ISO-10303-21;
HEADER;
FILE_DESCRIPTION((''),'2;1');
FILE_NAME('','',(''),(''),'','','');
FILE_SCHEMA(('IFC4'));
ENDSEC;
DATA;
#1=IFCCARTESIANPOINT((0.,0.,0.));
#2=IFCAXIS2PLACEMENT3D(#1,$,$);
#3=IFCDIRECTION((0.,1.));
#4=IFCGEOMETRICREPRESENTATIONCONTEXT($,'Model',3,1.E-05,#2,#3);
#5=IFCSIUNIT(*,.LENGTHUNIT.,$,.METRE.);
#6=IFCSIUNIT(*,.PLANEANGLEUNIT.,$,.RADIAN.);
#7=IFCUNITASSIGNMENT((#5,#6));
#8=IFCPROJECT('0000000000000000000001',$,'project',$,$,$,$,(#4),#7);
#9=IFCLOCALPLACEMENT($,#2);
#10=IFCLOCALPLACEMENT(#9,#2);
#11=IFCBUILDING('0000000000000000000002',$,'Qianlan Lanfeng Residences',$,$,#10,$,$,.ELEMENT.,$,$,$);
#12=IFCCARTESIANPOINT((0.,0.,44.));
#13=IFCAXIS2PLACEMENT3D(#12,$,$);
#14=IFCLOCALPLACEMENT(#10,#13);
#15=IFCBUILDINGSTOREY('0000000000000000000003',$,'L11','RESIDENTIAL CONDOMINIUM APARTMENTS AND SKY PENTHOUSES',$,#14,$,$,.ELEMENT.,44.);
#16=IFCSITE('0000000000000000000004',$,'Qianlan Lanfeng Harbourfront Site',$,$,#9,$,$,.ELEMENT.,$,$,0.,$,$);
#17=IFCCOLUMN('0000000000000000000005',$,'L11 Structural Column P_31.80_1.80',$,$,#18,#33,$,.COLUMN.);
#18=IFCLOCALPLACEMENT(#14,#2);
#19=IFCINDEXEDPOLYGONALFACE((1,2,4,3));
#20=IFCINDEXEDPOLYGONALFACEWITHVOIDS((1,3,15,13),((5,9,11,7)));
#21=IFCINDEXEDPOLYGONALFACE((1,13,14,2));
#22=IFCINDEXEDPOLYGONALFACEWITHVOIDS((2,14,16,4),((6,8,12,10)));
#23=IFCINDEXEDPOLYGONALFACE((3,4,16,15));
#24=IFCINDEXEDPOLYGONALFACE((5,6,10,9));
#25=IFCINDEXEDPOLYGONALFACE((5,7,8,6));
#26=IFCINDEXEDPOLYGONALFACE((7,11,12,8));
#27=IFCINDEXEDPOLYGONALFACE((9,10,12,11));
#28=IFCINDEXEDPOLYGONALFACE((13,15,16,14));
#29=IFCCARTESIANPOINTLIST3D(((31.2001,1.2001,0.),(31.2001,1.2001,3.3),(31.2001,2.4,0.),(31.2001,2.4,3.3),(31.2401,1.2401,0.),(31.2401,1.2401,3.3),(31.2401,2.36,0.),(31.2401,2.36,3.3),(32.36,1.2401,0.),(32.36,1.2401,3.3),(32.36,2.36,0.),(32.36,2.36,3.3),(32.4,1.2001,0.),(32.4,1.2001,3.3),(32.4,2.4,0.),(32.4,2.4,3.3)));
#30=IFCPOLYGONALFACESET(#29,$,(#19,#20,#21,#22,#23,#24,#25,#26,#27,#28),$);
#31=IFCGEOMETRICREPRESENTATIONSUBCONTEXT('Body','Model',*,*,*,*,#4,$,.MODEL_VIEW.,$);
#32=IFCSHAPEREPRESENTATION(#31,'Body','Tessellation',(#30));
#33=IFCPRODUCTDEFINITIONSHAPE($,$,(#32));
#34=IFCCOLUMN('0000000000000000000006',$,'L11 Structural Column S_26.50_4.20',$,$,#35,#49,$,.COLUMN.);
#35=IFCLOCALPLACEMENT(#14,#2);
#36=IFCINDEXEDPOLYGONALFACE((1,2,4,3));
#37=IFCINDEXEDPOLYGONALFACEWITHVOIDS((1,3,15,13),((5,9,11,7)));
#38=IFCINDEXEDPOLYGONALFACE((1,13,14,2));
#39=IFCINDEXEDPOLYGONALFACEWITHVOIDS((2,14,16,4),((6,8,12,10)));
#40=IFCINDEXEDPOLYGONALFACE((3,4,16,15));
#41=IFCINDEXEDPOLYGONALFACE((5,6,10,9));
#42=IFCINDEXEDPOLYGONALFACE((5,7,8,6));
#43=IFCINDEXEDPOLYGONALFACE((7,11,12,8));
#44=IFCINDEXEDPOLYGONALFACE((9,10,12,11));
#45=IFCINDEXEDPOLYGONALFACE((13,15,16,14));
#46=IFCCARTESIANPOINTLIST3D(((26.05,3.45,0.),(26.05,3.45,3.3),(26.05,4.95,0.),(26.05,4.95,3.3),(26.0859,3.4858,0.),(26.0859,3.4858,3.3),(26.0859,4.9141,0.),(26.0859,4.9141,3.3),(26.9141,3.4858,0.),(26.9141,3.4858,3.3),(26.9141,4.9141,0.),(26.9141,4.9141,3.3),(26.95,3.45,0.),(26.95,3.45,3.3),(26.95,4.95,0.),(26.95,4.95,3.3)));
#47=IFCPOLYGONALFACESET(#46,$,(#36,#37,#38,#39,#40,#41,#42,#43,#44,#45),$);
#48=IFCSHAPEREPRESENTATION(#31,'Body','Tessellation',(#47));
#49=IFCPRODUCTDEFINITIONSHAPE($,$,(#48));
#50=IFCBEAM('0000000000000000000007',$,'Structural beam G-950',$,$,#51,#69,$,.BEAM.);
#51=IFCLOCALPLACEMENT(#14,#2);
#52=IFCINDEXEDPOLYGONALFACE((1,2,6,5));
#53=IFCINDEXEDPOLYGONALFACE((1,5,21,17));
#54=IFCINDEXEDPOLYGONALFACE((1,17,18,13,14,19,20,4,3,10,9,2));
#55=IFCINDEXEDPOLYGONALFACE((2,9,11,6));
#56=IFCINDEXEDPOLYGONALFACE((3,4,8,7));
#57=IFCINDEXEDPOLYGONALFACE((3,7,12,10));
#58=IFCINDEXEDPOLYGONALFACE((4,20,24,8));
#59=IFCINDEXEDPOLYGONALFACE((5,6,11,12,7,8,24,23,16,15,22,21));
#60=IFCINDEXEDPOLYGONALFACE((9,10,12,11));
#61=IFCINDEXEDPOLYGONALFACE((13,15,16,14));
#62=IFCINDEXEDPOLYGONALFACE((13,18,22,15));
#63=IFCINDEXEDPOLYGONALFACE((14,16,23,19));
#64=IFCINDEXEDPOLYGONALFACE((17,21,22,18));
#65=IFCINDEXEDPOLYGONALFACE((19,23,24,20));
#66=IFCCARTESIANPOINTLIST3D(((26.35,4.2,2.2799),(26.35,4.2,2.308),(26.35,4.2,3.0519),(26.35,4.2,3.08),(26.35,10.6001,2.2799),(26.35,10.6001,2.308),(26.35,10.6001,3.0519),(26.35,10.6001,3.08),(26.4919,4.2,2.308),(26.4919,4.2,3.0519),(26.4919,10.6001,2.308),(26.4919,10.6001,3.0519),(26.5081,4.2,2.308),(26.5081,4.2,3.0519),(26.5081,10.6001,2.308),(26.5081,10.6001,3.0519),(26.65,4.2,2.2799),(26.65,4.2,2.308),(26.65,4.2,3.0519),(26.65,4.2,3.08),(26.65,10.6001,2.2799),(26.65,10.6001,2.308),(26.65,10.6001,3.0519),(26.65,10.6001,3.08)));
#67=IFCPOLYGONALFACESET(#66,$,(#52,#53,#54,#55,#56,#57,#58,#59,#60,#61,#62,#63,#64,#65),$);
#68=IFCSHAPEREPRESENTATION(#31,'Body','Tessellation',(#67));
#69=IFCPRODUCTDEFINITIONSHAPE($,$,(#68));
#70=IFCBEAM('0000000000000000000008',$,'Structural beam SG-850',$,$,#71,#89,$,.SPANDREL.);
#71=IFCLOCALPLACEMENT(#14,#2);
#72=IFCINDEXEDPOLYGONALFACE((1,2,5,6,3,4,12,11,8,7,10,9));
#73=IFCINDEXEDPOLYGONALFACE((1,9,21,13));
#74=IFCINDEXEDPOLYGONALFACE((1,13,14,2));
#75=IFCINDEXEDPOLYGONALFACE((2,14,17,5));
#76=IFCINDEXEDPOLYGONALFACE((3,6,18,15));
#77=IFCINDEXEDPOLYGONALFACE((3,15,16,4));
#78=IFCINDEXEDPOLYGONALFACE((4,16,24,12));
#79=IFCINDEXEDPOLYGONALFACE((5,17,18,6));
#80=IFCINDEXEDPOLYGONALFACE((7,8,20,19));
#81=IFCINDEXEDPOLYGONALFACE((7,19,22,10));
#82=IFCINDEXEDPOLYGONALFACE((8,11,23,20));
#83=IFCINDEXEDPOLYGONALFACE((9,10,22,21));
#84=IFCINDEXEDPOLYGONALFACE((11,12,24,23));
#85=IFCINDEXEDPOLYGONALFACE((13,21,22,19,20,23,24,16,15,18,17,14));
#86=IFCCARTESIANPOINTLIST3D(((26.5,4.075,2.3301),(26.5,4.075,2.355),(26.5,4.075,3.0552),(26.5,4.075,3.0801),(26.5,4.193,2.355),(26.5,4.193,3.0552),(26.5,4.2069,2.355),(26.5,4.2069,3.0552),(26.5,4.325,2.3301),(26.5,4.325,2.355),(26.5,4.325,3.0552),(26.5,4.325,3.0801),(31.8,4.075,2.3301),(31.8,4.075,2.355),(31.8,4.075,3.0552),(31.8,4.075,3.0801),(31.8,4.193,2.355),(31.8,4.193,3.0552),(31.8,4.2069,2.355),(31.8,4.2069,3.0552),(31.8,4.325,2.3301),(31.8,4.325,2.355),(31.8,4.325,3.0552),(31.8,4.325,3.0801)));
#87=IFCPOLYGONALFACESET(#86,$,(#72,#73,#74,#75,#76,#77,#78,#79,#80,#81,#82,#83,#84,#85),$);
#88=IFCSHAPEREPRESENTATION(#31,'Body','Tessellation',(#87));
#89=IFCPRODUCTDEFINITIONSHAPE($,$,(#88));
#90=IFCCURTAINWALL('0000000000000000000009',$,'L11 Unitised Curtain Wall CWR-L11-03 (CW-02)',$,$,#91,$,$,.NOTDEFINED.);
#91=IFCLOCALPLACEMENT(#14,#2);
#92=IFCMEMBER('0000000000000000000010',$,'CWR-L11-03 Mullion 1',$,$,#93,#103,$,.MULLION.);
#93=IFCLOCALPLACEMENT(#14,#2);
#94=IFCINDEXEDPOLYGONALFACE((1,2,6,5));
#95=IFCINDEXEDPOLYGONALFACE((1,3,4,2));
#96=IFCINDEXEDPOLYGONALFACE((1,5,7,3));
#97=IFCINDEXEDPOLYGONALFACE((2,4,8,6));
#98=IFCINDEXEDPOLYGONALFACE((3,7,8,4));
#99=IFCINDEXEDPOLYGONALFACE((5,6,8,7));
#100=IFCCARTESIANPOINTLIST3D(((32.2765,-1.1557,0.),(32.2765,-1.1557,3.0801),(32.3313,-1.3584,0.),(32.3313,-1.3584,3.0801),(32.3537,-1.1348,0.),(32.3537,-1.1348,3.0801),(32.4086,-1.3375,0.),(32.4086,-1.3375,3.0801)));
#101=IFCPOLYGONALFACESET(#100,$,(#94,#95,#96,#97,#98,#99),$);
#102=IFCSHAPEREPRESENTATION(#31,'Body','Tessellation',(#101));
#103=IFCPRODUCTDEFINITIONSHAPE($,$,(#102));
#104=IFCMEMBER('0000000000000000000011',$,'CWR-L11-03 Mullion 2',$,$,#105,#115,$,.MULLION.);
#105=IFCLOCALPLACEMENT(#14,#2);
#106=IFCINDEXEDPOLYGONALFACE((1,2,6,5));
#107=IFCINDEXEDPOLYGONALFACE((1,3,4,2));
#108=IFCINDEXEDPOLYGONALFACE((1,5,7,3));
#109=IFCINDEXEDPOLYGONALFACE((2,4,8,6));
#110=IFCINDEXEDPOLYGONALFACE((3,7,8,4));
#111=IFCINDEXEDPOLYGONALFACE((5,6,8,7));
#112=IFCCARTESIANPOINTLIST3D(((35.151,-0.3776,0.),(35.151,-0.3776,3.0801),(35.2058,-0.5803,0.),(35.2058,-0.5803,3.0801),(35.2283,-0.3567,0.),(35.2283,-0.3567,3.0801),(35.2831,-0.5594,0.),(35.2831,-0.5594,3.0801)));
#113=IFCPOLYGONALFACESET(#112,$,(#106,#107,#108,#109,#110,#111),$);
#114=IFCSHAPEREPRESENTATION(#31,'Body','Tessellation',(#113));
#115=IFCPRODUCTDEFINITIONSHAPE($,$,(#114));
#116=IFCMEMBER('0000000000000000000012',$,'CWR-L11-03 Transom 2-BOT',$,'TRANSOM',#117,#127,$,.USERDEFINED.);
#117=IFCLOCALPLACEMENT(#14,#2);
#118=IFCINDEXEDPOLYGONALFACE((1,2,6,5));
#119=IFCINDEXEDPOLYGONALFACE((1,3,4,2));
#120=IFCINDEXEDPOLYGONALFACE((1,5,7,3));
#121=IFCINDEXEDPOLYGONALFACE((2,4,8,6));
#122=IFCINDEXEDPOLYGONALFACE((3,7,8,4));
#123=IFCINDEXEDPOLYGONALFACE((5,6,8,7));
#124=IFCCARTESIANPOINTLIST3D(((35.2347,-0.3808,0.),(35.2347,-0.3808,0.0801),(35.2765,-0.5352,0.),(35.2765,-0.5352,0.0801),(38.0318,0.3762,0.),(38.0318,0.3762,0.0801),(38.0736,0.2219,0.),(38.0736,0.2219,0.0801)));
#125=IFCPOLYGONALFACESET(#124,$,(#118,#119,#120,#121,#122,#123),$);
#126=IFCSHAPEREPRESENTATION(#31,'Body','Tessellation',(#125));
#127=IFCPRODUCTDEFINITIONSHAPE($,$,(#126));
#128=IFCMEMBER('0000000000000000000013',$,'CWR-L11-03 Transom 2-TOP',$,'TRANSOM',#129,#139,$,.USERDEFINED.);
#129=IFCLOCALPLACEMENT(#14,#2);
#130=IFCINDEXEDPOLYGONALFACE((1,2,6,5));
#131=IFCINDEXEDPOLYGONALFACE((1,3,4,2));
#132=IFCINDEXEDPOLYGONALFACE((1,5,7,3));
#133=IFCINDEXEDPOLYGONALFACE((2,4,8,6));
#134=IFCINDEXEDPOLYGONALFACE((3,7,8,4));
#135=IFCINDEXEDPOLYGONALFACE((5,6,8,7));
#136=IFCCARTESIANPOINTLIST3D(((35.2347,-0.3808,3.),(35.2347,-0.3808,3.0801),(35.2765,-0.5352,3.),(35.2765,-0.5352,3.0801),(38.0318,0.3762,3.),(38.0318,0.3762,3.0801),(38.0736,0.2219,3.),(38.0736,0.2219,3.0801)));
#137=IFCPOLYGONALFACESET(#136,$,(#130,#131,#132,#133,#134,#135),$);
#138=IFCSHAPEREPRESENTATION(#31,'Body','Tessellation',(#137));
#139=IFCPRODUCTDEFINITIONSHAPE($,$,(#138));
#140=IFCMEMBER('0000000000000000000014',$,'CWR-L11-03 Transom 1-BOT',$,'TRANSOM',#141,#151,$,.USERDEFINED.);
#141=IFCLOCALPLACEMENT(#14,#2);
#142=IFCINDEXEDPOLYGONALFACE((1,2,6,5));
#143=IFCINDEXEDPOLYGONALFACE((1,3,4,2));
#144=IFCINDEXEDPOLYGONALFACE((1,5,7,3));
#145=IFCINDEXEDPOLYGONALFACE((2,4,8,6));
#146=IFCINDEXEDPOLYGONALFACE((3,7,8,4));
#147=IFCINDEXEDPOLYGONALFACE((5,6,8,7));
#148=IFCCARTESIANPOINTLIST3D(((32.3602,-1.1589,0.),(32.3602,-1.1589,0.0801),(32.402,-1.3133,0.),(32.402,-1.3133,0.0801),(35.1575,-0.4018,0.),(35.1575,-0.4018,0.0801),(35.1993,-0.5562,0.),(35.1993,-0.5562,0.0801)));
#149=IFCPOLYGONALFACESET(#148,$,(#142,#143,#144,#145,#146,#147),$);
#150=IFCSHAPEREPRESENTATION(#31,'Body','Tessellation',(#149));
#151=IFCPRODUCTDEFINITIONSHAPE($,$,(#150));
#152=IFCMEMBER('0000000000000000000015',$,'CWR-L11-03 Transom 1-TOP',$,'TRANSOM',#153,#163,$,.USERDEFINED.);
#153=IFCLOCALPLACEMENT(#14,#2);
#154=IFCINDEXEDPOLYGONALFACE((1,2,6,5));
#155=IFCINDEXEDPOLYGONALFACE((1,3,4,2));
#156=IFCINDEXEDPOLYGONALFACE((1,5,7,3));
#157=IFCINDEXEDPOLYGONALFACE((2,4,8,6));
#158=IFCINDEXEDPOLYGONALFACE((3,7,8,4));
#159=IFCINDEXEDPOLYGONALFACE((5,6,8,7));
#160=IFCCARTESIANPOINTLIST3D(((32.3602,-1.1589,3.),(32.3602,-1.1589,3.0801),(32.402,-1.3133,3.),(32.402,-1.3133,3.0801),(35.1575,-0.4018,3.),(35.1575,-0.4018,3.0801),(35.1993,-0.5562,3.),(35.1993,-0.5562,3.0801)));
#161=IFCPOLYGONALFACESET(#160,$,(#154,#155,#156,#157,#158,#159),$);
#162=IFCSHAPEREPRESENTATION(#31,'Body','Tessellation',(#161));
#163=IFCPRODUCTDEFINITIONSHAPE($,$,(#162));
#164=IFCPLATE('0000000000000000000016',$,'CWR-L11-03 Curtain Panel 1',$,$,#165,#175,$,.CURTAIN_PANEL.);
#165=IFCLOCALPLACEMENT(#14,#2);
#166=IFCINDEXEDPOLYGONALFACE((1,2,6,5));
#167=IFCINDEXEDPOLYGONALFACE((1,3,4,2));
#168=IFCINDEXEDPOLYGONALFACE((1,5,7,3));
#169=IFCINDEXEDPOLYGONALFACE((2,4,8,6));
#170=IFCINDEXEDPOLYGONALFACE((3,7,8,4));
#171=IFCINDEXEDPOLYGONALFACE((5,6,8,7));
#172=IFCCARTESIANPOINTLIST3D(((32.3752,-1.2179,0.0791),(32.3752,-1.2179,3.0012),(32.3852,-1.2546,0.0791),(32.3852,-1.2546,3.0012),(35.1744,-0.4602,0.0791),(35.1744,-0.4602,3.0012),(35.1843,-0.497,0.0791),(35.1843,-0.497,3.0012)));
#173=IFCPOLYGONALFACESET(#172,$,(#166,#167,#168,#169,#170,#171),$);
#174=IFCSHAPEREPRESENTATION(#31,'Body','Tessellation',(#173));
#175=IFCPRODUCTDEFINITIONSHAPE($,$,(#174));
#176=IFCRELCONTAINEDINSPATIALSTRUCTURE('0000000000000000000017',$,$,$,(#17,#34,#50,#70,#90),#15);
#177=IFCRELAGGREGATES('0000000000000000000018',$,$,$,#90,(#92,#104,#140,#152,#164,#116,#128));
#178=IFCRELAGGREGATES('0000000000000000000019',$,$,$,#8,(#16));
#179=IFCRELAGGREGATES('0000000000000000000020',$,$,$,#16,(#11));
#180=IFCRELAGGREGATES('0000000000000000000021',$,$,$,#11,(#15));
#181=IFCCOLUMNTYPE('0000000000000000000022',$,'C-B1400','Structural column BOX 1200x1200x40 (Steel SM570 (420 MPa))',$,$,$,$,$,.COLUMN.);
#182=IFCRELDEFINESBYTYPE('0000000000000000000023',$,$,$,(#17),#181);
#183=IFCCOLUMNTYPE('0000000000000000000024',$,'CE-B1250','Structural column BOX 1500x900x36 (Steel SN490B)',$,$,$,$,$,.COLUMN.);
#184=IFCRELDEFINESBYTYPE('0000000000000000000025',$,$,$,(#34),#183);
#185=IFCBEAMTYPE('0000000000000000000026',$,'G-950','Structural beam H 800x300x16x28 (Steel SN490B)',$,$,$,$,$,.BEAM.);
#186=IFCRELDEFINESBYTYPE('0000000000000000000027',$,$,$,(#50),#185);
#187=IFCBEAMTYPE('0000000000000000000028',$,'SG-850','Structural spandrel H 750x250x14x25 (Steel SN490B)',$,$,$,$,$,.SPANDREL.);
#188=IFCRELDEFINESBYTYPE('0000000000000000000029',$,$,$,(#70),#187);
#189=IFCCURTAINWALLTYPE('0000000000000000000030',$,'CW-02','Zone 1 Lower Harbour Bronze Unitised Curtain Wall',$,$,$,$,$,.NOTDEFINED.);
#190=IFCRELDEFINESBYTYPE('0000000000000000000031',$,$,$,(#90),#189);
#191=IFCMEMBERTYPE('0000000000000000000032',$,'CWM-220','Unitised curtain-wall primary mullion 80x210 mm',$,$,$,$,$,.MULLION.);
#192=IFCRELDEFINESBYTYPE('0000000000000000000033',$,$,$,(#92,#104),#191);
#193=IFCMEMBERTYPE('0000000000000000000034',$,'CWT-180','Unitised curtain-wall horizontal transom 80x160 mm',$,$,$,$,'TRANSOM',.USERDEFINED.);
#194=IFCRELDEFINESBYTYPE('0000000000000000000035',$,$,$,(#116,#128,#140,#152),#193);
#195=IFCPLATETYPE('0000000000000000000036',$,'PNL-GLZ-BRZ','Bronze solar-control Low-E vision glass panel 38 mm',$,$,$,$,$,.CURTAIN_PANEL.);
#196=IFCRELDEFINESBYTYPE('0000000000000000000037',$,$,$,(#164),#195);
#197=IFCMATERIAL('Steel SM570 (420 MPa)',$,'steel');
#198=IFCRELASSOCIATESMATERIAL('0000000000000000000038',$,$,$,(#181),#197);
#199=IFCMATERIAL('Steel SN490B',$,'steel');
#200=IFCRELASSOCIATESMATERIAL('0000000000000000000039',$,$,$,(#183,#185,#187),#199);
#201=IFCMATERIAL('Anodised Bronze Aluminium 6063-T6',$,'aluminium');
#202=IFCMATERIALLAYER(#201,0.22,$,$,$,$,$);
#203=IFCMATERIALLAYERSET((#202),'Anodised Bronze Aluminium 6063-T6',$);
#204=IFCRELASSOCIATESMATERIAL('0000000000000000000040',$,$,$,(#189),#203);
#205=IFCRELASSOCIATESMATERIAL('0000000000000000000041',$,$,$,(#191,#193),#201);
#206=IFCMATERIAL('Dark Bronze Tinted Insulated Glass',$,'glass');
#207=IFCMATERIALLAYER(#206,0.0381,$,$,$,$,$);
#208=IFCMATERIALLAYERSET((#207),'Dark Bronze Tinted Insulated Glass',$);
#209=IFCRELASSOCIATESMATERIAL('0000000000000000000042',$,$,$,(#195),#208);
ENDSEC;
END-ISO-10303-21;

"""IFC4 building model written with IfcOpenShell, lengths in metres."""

from ifc_helpers import new_model, si_unit, direction, frame, origin, origin_2d, place, context, subcontext, project, spatial, rectangle, hollow_rectangle, i_section, extrude, source, transform, mapped, material, layer, layer_set, material_profile, profile_set, type_object, element, aggregate, save


model = new_model("IFC4")

# Units and contexts
model_context = context("Model", 3, precision=1e-05, world=origin(), true_north=direction((0.0, 1.0)))
body_context = subcontext(model_context, "Body", "Model", "MODEL_VIEW")
ifc_project = project(units=[si_unit("LENGTHUNIT", "METRE"), si_unit("PLANEANGLEUNIT", "RADIAN")], contexts=[model_context])

# Site, building, storey
site_placement = place(None, origin())
site = spatial("IfcSite", under=ifc_project, at=site_placement, Name="Qianlan Lanfeng Harbourfront Site", CompositionType="ELEMENT", RefElevation=0.0)
building_placement = place(site_placement, origin())
building = spatial("IfcBuilding", under=site, at=building_placement, Name="Qianlan Lanfeng Residences", CompositionType="ELEMENT")
storey_placement = place(building_placement, frame((0.0, 0.0, 44.0)))
storey = spatial("IfcBuildingStorey", under=building, at=storey_placement, Name="L11", Description="RESIDENTIAL CONDOMINIUM APARTMENTS AND SKY PENTHOUSES", CompositionType="ELEMENT", Elevation=44.0)

# Columns
ifc_material_1 = material(Name="Steel SM570 (420 MPa)", Category="steel")
ifc_material_profile_1 = material_profile(ifc_material_1, hollow_rectangle(XDim=1.2, YDim=1.2, WallThickness=0.04, at=origin_2d()), Name="BOX 1200x1200x40")
ifc_profile_set_1 = profile_set([ifc_material_profile_1], Name="Steel SM570 (420 MPa)")
column_type_1 = type_object("IfcColumnType", Name="C-B1400", Description="Structural column BOX 1200x1200x40 (Steel SM570 (420 MPa))", PredefinedType="COLUMN", material=ifc_profile_set_1)
column_1_placement = place(storey_placement, frame((31.8, 1.8, 0.0), z_axis=(0.0, 0.0, 1.0), x_axis=(1.0, 0.0, 0.0)))
element("IfcColumn", 1, at=column_1_placement, inside=storey, type_object=column_type_1, Name="L11 Structural Column P_31.80_1.80", PredefinedType="COLUMN", context=body_context, shape_type="SweptSolid", body=[
    extrude(hollow_rectangle(XDim=1.2, YDim=1.2, WallThickness=0.04, at=origin_2d()), origin(), (0.0, 0.0, 1.0), 3.3),
])
ifc_material_2 = material(Name="Steel SN490B", Category="steel")
ifc_material_profile_2 = material_profile(ifc_material_2, hollow_rectangle(XDim=0.8999, YDim=1.5, WallThickness=0.0359, at=origin_2d()), Name="BOX 1500x900x36")
ifc_profile_set_2 = profile_set([ifc_material_profile_2], Name="Steel SN490B")
column_type_2 = type_object("IfcColumnType", Name="CE-B1250", Description="Structural column BOX 1500x900x36 (Steel SN490B)", PredefinedType="COLUMN", material=ifc_profile_set_2)
column_2_placement = place(storey_placement, frame((26.5, 4.2, 0.0), z_axis=(0.0, 0.0, 1.0), x_axis=(1.0, 0.0, 0.0)))
element("IfcColumn", 2, at=column_2_placement, inside=storey, type_object=column_type_2, Name="L11 Structural Column S_26.50_4.20", PredefinedType="COLUMN", context=body_context, shape_type="SweptSolid", body=[
    extrude(hollow_rectangle(XDim=0.8999, YDim=1.5, WallThickness=0.0359, at=origin_2d()), origin(), (0.0, 0.0, 1.0), 3.3),
])

# Beams
ifc_material_profile_3 = material_profile(ifc_material_2, i_section(OverallWidth=0.3, OverallDepth=0.8, WebThickness=0.0161, FlangeThickness=0.0281, at=origin_2d()), Name="H 800x300x16x28")
ifc_profile_set_3 = profile_set([ifc_material_profile_3], Name="Steel SN490B")
beam_type_1 = type_object("IfcBeamType", Name="G-950", Description="Structural beam H 800x300x16x28 (Steel SN490B)", PredefinedType="BEAM", material=ifc_profile_set_3)
beam_1_placement = place(storey_placement, frame((26.5, 4.2, 2.6799), z_axis=(0.0, 1.0, 0.0), x_axis=(-1.0, 0.0, 0.0)))
element("IfcBeam", 3, at=beam_1_placement, inside=storey, type_object=beam_type_1, Name="Structural beam G-950", PredefinedType="BEAM", context=body_context, shape_type="SweptSolid", body=[
    extrude(i_section(OverallWidth=0.3, OverallDepth=0.8, WebThickness=0.0161, FlangeThickness=0.0281, at=origin_2d()), origin(), (0.0, 0.0, 1.0), 6.4001),
])
ifc_material_profile_4 = material_profile(ifc_material_2, i_section(OverallWidth=0.25, OverallDepth=0.75, WebThickness=0.0139, FlangeThickness=0.0249, at=origin_2d()), Name="H 750x250x14x25")
ifc_profile_set_4 = profile_set([ifc_material_profile_4], Name="Steel SN490B")
beam_type_2 = type_object("IfcBeamType", Name="SG-850", Description="Structural spandrel H 750x250x14x25 (Steel SN490B)", PredefinedType="SPANDREL", material=ifc_profile_set_4)
beam_2_placement = place(storey_placement, frame((26.5, 4.2, 2.7051), z_axis=(1.0, 0.0, 0.0), x_axis=(0.0, 1.0, 0.0)))
element("IfcBeam", 4, at=beam_2_placement, inside=storey, type_object=beam_type_2, Name="Structural beam SG-850", PredefinedType="SPANDREL", context=body_context, shape_type="SweptSolid", body=[
    extrude(i_section(OverallWidth=0.25, OverallDepth=0.75, WebThickness=0.0139, FlangeThickness=0.0249, at=origin_2d()), origin(), (0.0, 0.0, 1.0), 5.3),
])

# Curtain wall, members, plate
ifc_material_3 = material(Name="Anodised Bronze Aluminium 6063-T6", Category="aluminium")
ifc_layer_1 = layer(ifc_material_3, 0.22)
ifc_layer_set_1 = layer_set([ifc_layer_1], Name="Anodised Bronze Aluminium 6063-T6")
curtain_wall_type = type_object("IfcCurtainWallType", Name="CW-02", Description="Zone 1 Lower Harbour Bronze Unitised Curtain Wall", PredefinedType="NOTDEFINED", material=ifc_layer_set_1)
curtain_wall_placement = place(storey_placement, origin())
curtain_wall = element("IfcCurtainWall", 5, at=curtain_wall_placement, inside=storey, type_object=curtain_wall_type, Name="L11 Unitised Curtain Wall CWR-L11-03 (CW-02)", PredefinedType="NOTDEFINED")
ifc_material_profile_5 = material_profile(ifc_material_3, rectangle(XDim=0.0801, YDim=0.21, at=origin_2d()), Name="ALU MULLION 80x210")
ifc_profile_set_5 = profile_set([ifc_material_profile_5], Name="Anodised Bronze Aluminium 6063-T6")
member_type_1 = type_object("IfcMemberType", Name="CWM-220", Description="Unitised curtain-wall primary mullion 80x210 mm", PredefinedType="MULLION", material=ifc_profile_set_5)
shared_shape_1 = source(origin(), body_context, "Body", "SweptSolid", [
    extrude(rectangle(XDim=0.0801, YDim=0.21, at=origin_2d()), origin(), (0.0, 0.0, 1.0), 3.0801),
])
member_1_placement = place(storey_placement, frame((32.3425, -1.2466, 0.0), z_axis=(0.0, 0.0, 1.0), x_axis=(0.965263, 0.261281, 0.0)))
member_1 = element("IfcMember", 6, at=member_1_placement, type_object=member_type_1, Name="CWR-L11-03 Mullion 1", PredefinedType="MULLION", context=body_context, shape_type="MappedRepresentation", body=[
    mapped(shared_shape_1, transform((0.0, 0.0, 0.0), scale=1.0)),
])
member_2_placement = place(storey_placement, frame((35.217, -0.4685, 0.0), z_axis=(0.0, 0.0, 1.0), x_axis=(0.965263, 0.261281, 0.0)))
member_2 = element("IfcMember", 7, at=member_2_placement, type_object=member_type_1, Name="CWR-L11-03 Mullion 2", PredefinedType="MULLION", context=body_context, shape_type="MappedRepresentation", body=[
    mapped(shared_shape_1, transform((0.0, 0.0, 0.0), scale=1.0)),
])
ifc_material_profile_6 = material_profile(ifc_material_3, rectangle(XDim=0.0801, YDim=0.1599, at=origin_2d()), Name="ALU TRANSOM 80x160")
ifc_profile_set_6 = profile_set([ifc_material_profile_6], Name="Anodised Bronze Aluminium 6063-T6")
member_type_2 = type_object("IfcMemberType", Name="CWT-180", Description="Unitised curtain-wall horizontal transom 80x160 mm", ElementType="TRANSOM", PredefinedType="USERDEFINED", material=ifc_profile_set_6)
shared_shape_2 = source(origin(), body_context, "Body", "SweptSolid", [
    extrude(rectangle(XDim=0.0801, YDim=0.1599, at=origin_2d()), origin(), (0.0, 0.0, 1.0), 2.8977),
])
member_3_placement = place(storey_placement, frame((35.2556, -0.458, 0.04), z_axis=(0.965268, 0.261263, 0.0), x_axis=(0.0, 0.0, 1.0)))
member_3 = element("IfcMember", 8, at=member_3_placement, type_object=member_type_2, Name="CWR-L11-03 Transom 2-BOT", ObjectType="TRANSOM", PredefinedType="USERDEFINED", context=body_context, shape_type="MappedRepresentation", body=[
    mapped(shared_shape_2, transform((0.0, 0.0, 0.0), scale=1.0)),
])
member_4_placement = place(storey_placement, frame((35.2556, -0.458, 3.04), z_axis=(0.965268, 0.261263, 0.0), x_axis=(0.0, 0.0, 1.0)))
member_4 = element("IfcMember", 9, at=member_4_placement, type_object=member_type_2, Name="CWR-L11-03 Transom 2-TOP", ObjectType="TRANSOM", PredefinedType="USERDEFINED", context=body_context, shape_type="MappedRepresentation", body=[
    mapped(shared_shape_2, transform((0.0, 0.0, 0.0), scale=1.0)),
])
shared_shape_3 = source(origin(), body_context, "Body", "SweptSolid", [
    extrude(rectangle(XDim=0.0801, YDim=0.1599, at=origin_2d()), origin(), (0.0, 0.0, 1.0), 2.8979),
])
member_5_placement = place(storey_placement, frame((32.3811, -1.2361, 0.04), z_axis=(0.965273, 0.261242, 0.0), x_axis=(0.0, 0.0, 1.0)))
member_5 = element("IfcMember", 10, at=member_5_placement, type_object=member_type_2, Name="CWR-L11-03 Transom 1-BOT", ObjectType="TRANSOM", PredefinedType="USERDEFINED", context=body_context, shape_type="MappedRepresentation", body=[
    mapped(shared_shape_3, transform((0.0, 0.0, 0.0), scale=1.0)),
])
member_6_placement = place(storey_placement, frame((32.3811, -1.2361, 3.04), z_axis=(0.965273, 0.261242, 0.0), x_axis=(0.0, 0.0, 1.0)))
member_6 = element("IfcMember", 11, at=member_6_placement, type_object=member_type_2, Name="CWR-L11-03 Transom 1-TOP", ObjectType="TRANSOM", PredefinedType="USERDEFINED", context=body_context, shape_type="MappedRepresentation", body=[
    mapped(shared_shape_3, transform((0.0, 0.0, 0.0), scale=1.0)),
])
ifc_material_4 = material(Name="Dark Bronze Tinted Insulated Glass", Category="glass")
ifc_layer_2 = layer(ifc_material_4, 0.0381)
ifc_layer_set_2 = layer_set([ifc_layer_2], Name="Dark Bronze Tinted Insulated Glass")
plate_type = type_object("IfcPlateType", Name="PNL-GLZ-BRZ", Description="Bronze solar-control Low-E vision glass panel 38 mm", PredefinedType="CURTAIN_PANEL", material=ifc_layer_set_2)
shared_shape_4 = source(origin(), body_context, "Body", "SweptSolid", [
    extrude(rectangle(XDim=2.8999, YDim=0.0381, at=origin_2d()), origin(), (0.0, 0.0, 1.0), 2.9221),
])
plate_1_placement = place(storey_placement, frame((33.7798, -0.8574, 0.0791), z_axis=(0.0, 0.0, 1.0), x_axis=(0.965263, 0.261281, 0.0)))
plate_1 = element("IfcPlate", 12, at=plate_1_placement, type_object=plate_type, Name="CWR-L11-03 Curtain Panel 1", PredefinedType="CURTAIN_PANEL", context=body_context, shape_type="MappedRepresentation", body=[
    mapped(shared_shape_4, transform((0.0, 0.0, 0.0), scale=1.0)),
])
aggregate(curtain_wall, [member_1, member_2, member_5, member_6, plate_1, member_3, member_4])

save(model, "model.ifc")
